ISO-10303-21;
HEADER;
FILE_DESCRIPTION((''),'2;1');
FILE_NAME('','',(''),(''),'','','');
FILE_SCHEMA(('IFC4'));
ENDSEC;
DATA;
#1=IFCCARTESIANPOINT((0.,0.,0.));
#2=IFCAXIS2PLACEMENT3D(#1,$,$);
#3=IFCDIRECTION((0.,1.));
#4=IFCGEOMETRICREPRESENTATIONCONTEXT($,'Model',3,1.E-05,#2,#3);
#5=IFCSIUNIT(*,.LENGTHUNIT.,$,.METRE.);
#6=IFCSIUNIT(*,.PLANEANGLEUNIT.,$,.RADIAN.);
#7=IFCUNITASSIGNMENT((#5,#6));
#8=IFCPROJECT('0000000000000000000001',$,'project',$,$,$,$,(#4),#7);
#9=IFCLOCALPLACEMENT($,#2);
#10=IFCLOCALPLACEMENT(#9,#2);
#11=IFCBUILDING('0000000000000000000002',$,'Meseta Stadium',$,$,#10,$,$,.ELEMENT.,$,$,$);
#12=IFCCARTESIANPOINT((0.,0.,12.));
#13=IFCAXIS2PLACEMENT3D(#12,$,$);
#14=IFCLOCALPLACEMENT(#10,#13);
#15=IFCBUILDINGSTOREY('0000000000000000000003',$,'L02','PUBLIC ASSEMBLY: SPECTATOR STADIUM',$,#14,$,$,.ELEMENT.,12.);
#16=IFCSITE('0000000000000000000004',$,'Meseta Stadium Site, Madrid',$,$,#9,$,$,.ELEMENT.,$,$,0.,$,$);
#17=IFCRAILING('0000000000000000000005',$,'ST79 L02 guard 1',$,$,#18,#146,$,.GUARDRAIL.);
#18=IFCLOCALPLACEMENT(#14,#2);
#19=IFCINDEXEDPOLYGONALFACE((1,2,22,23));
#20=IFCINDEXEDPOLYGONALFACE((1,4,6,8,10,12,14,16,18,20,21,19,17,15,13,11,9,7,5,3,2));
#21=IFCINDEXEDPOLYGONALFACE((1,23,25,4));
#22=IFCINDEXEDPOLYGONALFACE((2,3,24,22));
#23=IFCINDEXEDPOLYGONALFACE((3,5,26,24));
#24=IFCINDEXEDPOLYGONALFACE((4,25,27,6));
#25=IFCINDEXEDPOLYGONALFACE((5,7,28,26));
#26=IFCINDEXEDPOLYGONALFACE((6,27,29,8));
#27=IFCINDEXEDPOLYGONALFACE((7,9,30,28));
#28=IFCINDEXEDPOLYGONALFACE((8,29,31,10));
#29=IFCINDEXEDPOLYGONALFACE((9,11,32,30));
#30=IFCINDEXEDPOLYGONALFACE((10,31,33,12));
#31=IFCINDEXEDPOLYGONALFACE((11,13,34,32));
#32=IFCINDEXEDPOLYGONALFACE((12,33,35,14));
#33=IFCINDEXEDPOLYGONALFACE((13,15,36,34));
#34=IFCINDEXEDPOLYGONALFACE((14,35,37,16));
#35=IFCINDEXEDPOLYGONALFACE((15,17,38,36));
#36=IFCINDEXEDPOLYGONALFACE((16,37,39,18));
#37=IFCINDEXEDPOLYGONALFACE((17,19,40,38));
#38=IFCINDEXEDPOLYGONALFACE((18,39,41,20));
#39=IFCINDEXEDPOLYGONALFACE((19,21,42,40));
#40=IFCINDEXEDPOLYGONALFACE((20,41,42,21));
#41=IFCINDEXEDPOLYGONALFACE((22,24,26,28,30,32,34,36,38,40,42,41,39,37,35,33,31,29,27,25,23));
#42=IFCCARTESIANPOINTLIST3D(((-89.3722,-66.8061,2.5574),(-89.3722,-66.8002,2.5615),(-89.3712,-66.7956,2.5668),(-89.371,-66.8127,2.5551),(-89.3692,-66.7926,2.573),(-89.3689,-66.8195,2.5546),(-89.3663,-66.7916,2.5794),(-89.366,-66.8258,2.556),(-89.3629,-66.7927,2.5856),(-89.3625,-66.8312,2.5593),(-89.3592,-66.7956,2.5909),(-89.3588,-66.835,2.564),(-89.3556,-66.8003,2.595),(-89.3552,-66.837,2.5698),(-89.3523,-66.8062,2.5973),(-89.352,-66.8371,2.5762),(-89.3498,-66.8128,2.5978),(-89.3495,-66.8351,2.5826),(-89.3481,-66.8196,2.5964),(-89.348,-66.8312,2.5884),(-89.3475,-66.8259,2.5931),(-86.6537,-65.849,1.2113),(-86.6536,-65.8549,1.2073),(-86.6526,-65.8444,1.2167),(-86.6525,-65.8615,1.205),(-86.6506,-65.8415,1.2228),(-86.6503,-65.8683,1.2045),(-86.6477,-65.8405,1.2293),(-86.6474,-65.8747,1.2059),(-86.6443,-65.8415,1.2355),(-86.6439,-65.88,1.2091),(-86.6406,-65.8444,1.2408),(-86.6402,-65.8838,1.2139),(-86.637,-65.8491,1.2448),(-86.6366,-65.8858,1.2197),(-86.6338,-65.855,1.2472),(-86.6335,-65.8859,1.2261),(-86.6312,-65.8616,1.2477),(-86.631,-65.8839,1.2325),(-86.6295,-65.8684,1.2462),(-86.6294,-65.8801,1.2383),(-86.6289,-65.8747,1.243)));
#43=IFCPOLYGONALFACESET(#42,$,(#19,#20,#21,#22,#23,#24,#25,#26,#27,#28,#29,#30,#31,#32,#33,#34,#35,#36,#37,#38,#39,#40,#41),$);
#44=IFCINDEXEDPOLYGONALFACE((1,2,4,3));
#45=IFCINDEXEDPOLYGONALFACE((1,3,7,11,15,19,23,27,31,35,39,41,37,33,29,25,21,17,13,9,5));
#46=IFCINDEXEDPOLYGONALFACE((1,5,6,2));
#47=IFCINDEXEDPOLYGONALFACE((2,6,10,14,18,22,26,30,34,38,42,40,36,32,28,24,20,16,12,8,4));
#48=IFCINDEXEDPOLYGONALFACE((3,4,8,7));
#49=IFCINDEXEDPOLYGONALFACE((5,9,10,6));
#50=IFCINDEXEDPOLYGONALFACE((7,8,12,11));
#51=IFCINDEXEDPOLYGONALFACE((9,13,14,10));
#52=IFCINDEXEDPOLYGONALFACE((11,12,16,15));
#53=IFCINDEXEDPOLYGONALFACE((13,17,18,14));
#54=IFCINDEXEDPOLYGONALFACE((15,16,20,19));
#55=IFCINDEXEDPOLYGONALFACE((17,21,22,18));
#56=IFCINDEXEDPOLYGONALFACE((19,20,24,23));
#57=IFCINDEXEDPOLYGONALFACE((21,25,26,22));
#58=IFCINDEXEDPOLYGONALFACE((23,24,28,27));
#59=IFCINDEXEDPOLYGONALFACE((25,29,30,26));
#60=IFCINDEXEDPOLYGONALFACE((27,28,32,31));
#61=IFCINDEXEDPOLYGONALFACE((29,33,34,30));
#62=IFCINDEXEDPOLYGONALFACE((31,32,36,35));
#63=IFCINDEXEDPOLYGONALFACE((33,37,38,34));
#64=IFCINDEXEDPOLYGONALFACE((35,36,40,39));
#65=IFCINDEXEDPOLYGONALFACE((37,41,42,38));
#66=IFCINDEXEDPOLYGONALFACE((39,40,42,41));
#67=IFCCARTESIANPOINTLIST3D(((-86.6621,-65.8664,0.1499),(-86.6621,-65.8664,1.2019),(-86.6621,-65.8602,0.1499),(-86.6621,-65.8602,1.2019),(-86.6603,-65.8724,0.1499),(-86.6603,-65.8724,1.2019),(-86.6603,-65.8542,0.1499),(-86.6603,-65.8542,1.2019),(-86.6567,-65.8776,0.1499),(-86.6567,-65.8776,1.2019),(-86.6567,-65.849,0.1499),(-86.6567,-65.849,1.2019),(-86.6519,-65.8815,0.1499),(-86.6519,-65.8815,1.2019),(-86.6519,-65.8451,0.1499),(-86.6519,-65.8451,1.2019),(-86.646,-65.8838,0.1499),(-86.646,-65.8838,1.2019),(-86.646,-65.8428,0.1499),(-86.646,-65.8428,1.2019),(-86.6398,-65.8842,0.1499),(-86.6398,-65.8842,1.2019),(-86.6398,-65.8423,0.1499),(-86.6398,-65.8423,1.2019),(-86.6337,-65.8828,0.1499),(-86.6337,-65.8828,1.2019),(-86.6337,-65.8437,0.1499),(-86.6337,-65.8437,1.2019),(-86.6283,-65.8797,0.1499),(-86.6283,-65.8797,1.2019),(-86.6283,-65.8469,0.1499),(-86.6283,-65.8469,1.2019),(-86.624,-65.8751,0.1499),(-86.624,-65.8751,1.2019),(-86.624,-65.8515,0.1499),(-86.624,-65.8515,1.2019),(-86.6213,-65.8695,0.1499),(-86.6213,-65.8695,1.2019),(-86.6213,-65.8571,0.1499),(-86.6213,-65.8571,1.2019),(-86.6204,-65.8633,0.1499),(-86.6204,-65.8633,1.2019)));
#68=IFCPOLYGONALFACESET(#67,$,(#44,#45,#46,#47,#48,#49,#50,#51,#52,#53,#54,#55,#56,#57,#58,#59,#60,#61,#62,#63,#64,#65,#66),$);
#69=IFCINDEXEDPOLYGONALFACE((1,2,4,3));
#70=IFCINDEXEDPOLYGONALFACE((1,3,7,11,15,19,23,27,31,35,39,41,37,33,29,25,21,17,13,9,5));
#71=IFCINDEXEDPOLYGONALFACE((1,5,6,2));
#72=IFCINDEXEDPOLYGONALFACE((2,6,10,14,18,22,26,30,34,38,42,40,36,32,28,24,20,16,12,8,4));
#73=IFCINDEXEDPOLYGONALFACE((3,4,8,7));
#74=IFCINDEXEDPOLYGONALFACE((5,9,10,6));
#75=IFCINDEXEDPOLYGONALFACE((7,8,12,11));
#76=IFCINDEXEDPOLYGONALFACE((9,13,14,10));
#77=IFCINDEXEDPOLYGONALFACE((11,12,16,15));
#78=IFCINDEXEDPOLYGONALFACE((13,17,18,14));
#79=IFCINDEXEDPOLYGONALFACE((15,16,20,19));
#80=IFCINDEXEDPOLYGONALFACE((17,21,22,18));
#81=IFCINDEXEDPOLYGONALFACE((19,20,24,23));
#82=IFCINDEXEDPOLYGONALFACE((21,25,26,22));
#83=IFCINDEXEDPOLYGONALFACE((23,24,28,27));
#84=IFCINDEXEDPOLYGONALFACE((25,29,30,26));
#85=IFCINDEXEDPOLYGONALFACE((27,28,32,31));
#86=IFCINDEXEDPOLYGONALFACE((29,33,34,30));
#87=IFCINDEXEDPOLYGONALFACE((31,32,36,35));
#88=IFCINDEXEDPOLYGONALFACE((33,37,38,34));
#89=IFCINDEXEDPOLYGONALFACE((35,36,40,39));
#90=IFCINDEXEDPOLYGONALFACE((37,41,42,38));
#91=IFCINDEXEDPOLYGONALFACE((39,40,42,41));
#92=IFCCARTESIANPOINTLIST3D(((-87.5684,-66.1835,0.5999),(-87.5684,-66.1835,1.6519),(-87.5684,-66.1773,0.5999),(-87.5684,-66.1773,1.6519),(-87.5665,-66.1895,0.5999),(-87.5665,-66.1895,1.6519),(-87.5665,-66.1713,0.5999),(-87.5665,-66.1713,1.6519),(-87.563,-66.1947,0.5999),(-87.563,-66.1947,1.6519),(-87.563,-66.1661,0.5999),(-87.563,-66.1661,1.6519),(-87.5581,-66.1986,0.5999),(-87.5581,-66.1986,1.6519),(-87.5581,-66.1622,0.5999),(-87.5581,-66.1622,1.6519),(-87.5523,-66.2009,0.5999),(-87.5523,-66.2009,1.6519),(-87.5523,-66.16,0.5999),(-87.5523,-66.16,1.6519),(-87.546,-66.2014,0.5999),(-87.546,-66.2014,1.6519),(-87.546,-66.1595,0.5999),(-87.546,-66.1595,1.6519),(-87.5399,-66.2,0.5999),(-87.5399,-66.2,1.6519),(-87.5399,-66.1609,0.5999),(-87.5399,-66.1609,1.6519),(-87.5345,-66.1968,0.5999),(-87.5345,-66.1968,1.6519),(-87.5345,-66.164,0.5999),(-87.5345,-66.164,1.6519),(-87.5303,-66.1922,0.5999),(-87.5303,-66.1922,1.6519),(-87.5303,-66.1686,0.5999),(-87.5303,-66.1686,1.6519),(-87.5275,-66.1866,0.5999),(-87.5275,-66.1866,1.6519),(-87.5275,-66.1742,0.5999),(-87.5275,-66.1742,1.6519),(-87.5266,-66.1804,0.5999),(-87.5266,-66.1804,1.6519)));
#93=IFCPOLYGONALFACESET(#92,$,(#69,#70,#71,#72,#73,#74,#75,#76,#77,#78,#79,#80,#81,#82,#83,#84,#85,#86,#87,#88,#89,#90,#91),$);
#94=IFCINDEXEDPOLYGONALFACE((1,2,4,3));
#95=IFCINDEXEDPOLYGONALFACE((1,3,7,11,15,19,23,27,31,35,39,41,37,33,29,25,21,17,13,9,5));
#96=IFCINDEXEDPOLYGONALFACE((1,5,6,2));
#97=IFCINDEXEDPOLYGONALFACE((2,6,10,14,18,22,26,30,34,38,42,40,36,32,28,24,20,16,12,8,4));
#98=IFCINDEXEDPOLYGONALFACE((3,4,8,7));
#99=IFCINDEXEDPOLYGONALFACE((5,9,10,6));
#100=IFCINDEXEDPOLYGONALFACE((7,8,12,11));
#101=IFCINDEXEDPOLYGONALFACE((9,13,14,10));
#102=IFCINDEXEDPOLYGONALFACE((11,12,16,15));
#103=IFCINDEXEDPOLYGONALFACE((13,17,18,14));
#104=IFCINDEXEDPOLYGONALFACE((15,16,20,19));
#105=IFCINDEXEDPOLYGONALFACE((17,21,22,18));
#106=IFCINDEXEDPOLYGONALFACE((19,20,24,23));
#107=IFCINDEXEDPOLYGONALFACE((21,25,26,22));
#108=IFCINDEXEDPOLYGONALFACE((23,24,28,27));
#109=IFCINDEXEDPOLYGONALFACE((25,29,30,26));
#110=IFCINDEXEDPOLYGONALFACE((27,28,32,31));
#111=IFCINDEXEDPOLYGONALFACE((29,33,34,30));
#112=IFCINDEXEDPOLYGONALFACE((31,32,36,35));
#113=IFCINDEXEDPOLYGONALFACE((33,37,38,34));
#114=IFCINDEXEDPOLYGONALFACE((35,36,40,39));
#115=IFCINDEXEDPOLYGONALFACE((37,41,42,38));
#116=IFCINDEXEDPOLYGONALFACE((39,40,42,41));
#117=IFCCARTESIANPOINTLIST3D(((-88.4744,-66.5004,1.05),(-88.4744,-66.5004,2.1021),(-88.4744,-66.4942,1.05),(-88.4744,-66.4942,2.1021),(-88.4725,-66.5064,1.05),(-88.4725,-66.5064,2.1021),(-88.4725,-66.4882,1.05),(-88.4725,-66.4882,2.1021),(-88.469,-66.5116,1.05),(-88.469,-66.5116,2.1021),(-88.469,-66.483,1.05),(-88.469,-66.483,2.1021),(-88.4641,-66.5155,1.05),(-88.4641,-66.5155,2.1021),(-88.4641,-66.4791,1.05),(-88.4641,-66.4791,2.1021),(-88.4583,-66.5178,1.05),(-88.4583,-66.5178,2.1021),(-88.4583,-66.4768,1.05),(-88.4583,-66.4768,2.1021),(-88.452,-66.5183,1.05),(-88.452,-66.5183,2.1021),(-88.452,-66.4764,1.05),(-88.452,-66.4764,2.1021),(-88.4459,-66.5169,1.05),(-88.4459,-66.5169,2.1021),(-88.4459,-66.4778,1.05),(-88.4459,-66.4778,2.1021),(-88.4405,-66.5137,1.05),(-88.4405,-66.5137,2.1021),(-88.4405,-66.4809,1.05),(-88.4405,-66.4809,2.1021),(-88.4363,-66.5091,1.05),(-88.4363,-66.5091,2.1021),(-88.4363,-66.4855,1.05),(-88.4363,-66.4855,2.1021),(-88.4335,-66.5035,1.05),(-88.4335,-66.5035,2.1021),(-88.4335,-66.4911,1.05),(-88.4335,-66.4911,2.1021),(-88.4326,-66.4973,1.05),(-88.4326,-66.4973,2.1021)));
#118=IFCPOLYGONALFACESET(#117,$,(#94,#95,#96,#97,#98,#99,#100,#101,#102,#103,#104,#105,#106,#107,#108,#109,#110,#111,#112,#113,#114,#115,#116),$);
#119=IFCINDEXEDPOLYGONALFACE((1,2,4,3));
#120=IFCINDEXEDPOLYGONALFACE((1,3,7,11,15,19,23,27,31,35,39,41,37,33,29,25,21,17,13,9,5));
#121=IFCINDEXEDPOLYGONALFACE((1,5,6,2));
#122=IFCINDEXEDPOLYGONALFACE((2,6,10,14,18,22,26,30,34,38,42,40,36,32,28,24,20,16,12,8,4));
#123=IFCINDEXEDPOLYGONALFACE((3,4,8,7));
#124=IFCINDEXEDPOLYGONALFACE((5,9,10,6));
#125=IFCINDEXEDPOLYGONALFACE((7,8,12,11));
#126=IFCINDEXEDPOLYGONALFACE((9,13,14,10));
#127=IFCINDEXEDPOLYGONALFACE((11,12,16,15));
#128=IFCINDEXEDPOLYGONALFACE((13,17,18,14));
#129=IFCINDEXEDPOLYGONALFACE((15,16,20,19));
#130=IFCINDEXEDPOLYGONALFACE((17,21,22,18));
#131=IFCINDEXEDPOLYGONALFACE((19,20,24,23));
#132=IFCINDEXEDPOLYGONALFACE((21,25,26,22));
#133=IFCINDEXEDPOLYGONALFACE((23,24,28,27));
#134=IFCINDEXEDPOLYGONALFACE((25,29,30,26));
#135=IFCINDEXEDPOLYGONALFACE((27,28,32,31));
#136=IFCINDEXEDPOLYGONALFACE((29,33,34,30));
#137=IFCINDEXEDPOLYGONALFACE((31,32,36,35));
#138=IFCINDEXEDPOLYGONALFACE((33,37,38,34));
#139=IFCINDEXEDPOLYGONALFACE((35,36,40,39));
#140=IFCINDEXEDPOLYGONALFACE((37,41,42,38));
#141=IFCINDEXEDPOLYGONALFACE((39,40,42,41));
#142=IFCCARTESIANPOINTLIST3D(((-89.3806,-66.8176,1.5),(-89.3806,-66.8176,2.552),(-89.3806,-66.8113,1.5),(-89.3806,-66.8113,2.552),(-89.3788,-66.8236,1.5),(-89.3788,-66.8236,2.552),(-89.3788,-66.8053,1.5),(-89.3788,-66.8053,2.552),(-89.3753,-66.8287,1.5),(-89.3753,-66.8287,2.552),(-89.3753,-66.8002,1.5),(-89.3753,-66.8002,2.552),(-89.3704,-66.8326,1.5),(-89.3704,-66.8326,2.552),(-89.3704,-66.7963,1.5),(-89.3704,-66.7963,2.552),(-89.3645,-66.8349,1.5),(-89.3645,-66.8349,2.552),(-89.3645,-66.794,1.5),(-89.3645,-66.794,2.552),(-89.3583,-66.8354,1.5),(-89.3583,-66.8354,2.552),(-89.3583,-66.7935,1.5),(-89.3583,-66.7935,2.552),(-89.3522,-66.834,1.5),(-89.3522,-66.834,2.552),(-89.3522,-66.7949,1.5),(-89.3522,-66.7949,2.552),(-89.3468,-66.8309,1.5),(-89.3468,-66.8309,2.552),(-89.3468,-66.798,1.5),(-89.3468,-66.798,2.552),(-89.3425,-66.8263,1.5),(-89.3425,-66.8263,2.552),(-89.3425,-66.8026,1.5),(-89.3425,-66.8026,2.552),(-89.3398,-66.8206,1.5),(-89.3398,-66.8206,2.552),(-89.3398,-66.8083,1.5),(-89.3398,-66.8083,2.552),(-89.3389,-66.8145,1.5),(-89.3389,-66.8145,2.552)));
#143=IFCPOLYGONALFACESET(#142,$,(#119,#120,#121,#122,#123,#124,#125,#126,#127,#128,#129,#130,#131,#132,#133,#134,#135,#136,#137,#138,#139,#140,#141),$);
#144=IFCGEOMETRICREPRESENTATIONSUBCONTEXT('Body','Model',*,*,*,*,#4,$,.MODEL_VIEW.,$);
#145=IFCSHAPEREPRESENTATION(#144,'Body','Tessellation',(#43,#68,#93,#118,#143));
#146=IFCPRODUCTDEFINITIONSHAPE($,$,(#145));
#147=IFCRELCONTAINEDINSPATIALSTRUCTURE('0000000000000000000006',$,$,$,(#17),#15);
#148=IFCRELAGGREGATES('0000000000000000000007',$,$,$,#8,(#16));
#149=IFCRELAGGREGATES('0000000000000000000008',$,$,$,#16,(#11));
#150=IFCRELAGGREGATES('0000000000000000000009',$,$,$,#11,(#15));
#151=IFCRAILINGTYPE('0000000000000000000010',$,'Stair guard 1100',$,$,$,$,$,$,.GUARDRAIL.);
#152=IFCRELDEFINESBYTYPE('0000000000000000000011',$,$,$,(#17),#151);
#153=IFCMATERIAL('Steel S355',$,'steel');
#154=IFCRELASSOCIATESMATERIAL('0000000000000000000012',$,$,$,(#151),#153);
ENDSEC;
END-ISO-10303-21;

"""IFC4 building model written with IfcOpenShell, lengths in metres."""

from ifc_helpers import new_model, si_unit, direction, frame, origin, origin_2d, place, context, subcontext, project, spatial, circle, extrude, material, type_object, element, save


model = new_model("IFC4")

# Units and contexts
model_context = context("Model", 3, precision=1e-05, world=origin(), true_north=direction((0.0, 1.0)))
body_context = subcontext(model_context, "Body", "Model", "MODEL_VIEW")
ifc_project = project(units=[si_unit("LENGTHUNIT", "METRE"), si_unit("PLANEANGLEUNIT", "RADIAN")], contexts=[model_context])

# Site, building, storey
site_placement = place(None, origin())
site = spatial("IfcSite", under=ifc_project, at=site_placement, Name="Meseta Stadium Site, Madrid", CompositionType="ELEMENT", RefElevation=0.0)
building_placement = place(site_placement, origin())
building = spatial("IfcBuilding", under=site, at=building_placement, Name="Meseta Stadium", CompositionType="ELEMENT")
storey_placement = place(building_placement, frame((0.0, 0.0, 12.0)))
storey = spatial("IfcBuildingStorey", under=building, at=storey_placement, Name="L02", Description="PUBLIC ASSEMBLY: SPECTATOR STADIUM", CompositionType="ELEMENT", Elevation=12.0)

# Railing
ifc_material_1 = material(Name="Steel S355", Category="steel")
railing_type_1 = type_object("IfcRailingType", Name="Stair guard 1100", PredefinedType="GUARDRAIL", material=ifc_material_1)
railing_1_placement = place(storey_placement, frame((-86.6414, -65.8633, 0.1499)))
element("IfcRailing", 1, at=railing_1_placement, inside=storey, type_object=railing_type_1, Name="ST79 L02 guard 1", PredefinedType="GUARDRAIL", context=body_context, shape_type="SweptSolid", body=[
    extrude(circle(Radius=0.0239, at=origin_2d()), frame((0.0, 0.0, 1.0762), z_axis=(-0.854649, -0.299031, 0.424446), x_axis=(0.330256, -0.943891, 0.0)), (0.0, 0.0, 1.0), 3.1809),
    extrude(circle(Radius=0.021, at=origin_2d()), origin(), (0.0, 0.0, 1.0), 1.052),
    extrude(circle(Radius=0.021, at=origin_2d()), frame((-0.9062, -0.3171, 0.45)), (0.0, 0.0, 1.0), 1.052),
    extrude(circle(Radius=0.021, at=origin_2d()), frame((-1.8123, -0.634, 0.9001)), (0.0, 0.0, 1.0), 1.052),
    extrude(circle(Radius=0.021, at=origin_2d()), frame((-2.7185, -0.9512, 1.3501)), (0.0, 0.0, 1.0), 1.052),
])

save(model, "model.ifc")
